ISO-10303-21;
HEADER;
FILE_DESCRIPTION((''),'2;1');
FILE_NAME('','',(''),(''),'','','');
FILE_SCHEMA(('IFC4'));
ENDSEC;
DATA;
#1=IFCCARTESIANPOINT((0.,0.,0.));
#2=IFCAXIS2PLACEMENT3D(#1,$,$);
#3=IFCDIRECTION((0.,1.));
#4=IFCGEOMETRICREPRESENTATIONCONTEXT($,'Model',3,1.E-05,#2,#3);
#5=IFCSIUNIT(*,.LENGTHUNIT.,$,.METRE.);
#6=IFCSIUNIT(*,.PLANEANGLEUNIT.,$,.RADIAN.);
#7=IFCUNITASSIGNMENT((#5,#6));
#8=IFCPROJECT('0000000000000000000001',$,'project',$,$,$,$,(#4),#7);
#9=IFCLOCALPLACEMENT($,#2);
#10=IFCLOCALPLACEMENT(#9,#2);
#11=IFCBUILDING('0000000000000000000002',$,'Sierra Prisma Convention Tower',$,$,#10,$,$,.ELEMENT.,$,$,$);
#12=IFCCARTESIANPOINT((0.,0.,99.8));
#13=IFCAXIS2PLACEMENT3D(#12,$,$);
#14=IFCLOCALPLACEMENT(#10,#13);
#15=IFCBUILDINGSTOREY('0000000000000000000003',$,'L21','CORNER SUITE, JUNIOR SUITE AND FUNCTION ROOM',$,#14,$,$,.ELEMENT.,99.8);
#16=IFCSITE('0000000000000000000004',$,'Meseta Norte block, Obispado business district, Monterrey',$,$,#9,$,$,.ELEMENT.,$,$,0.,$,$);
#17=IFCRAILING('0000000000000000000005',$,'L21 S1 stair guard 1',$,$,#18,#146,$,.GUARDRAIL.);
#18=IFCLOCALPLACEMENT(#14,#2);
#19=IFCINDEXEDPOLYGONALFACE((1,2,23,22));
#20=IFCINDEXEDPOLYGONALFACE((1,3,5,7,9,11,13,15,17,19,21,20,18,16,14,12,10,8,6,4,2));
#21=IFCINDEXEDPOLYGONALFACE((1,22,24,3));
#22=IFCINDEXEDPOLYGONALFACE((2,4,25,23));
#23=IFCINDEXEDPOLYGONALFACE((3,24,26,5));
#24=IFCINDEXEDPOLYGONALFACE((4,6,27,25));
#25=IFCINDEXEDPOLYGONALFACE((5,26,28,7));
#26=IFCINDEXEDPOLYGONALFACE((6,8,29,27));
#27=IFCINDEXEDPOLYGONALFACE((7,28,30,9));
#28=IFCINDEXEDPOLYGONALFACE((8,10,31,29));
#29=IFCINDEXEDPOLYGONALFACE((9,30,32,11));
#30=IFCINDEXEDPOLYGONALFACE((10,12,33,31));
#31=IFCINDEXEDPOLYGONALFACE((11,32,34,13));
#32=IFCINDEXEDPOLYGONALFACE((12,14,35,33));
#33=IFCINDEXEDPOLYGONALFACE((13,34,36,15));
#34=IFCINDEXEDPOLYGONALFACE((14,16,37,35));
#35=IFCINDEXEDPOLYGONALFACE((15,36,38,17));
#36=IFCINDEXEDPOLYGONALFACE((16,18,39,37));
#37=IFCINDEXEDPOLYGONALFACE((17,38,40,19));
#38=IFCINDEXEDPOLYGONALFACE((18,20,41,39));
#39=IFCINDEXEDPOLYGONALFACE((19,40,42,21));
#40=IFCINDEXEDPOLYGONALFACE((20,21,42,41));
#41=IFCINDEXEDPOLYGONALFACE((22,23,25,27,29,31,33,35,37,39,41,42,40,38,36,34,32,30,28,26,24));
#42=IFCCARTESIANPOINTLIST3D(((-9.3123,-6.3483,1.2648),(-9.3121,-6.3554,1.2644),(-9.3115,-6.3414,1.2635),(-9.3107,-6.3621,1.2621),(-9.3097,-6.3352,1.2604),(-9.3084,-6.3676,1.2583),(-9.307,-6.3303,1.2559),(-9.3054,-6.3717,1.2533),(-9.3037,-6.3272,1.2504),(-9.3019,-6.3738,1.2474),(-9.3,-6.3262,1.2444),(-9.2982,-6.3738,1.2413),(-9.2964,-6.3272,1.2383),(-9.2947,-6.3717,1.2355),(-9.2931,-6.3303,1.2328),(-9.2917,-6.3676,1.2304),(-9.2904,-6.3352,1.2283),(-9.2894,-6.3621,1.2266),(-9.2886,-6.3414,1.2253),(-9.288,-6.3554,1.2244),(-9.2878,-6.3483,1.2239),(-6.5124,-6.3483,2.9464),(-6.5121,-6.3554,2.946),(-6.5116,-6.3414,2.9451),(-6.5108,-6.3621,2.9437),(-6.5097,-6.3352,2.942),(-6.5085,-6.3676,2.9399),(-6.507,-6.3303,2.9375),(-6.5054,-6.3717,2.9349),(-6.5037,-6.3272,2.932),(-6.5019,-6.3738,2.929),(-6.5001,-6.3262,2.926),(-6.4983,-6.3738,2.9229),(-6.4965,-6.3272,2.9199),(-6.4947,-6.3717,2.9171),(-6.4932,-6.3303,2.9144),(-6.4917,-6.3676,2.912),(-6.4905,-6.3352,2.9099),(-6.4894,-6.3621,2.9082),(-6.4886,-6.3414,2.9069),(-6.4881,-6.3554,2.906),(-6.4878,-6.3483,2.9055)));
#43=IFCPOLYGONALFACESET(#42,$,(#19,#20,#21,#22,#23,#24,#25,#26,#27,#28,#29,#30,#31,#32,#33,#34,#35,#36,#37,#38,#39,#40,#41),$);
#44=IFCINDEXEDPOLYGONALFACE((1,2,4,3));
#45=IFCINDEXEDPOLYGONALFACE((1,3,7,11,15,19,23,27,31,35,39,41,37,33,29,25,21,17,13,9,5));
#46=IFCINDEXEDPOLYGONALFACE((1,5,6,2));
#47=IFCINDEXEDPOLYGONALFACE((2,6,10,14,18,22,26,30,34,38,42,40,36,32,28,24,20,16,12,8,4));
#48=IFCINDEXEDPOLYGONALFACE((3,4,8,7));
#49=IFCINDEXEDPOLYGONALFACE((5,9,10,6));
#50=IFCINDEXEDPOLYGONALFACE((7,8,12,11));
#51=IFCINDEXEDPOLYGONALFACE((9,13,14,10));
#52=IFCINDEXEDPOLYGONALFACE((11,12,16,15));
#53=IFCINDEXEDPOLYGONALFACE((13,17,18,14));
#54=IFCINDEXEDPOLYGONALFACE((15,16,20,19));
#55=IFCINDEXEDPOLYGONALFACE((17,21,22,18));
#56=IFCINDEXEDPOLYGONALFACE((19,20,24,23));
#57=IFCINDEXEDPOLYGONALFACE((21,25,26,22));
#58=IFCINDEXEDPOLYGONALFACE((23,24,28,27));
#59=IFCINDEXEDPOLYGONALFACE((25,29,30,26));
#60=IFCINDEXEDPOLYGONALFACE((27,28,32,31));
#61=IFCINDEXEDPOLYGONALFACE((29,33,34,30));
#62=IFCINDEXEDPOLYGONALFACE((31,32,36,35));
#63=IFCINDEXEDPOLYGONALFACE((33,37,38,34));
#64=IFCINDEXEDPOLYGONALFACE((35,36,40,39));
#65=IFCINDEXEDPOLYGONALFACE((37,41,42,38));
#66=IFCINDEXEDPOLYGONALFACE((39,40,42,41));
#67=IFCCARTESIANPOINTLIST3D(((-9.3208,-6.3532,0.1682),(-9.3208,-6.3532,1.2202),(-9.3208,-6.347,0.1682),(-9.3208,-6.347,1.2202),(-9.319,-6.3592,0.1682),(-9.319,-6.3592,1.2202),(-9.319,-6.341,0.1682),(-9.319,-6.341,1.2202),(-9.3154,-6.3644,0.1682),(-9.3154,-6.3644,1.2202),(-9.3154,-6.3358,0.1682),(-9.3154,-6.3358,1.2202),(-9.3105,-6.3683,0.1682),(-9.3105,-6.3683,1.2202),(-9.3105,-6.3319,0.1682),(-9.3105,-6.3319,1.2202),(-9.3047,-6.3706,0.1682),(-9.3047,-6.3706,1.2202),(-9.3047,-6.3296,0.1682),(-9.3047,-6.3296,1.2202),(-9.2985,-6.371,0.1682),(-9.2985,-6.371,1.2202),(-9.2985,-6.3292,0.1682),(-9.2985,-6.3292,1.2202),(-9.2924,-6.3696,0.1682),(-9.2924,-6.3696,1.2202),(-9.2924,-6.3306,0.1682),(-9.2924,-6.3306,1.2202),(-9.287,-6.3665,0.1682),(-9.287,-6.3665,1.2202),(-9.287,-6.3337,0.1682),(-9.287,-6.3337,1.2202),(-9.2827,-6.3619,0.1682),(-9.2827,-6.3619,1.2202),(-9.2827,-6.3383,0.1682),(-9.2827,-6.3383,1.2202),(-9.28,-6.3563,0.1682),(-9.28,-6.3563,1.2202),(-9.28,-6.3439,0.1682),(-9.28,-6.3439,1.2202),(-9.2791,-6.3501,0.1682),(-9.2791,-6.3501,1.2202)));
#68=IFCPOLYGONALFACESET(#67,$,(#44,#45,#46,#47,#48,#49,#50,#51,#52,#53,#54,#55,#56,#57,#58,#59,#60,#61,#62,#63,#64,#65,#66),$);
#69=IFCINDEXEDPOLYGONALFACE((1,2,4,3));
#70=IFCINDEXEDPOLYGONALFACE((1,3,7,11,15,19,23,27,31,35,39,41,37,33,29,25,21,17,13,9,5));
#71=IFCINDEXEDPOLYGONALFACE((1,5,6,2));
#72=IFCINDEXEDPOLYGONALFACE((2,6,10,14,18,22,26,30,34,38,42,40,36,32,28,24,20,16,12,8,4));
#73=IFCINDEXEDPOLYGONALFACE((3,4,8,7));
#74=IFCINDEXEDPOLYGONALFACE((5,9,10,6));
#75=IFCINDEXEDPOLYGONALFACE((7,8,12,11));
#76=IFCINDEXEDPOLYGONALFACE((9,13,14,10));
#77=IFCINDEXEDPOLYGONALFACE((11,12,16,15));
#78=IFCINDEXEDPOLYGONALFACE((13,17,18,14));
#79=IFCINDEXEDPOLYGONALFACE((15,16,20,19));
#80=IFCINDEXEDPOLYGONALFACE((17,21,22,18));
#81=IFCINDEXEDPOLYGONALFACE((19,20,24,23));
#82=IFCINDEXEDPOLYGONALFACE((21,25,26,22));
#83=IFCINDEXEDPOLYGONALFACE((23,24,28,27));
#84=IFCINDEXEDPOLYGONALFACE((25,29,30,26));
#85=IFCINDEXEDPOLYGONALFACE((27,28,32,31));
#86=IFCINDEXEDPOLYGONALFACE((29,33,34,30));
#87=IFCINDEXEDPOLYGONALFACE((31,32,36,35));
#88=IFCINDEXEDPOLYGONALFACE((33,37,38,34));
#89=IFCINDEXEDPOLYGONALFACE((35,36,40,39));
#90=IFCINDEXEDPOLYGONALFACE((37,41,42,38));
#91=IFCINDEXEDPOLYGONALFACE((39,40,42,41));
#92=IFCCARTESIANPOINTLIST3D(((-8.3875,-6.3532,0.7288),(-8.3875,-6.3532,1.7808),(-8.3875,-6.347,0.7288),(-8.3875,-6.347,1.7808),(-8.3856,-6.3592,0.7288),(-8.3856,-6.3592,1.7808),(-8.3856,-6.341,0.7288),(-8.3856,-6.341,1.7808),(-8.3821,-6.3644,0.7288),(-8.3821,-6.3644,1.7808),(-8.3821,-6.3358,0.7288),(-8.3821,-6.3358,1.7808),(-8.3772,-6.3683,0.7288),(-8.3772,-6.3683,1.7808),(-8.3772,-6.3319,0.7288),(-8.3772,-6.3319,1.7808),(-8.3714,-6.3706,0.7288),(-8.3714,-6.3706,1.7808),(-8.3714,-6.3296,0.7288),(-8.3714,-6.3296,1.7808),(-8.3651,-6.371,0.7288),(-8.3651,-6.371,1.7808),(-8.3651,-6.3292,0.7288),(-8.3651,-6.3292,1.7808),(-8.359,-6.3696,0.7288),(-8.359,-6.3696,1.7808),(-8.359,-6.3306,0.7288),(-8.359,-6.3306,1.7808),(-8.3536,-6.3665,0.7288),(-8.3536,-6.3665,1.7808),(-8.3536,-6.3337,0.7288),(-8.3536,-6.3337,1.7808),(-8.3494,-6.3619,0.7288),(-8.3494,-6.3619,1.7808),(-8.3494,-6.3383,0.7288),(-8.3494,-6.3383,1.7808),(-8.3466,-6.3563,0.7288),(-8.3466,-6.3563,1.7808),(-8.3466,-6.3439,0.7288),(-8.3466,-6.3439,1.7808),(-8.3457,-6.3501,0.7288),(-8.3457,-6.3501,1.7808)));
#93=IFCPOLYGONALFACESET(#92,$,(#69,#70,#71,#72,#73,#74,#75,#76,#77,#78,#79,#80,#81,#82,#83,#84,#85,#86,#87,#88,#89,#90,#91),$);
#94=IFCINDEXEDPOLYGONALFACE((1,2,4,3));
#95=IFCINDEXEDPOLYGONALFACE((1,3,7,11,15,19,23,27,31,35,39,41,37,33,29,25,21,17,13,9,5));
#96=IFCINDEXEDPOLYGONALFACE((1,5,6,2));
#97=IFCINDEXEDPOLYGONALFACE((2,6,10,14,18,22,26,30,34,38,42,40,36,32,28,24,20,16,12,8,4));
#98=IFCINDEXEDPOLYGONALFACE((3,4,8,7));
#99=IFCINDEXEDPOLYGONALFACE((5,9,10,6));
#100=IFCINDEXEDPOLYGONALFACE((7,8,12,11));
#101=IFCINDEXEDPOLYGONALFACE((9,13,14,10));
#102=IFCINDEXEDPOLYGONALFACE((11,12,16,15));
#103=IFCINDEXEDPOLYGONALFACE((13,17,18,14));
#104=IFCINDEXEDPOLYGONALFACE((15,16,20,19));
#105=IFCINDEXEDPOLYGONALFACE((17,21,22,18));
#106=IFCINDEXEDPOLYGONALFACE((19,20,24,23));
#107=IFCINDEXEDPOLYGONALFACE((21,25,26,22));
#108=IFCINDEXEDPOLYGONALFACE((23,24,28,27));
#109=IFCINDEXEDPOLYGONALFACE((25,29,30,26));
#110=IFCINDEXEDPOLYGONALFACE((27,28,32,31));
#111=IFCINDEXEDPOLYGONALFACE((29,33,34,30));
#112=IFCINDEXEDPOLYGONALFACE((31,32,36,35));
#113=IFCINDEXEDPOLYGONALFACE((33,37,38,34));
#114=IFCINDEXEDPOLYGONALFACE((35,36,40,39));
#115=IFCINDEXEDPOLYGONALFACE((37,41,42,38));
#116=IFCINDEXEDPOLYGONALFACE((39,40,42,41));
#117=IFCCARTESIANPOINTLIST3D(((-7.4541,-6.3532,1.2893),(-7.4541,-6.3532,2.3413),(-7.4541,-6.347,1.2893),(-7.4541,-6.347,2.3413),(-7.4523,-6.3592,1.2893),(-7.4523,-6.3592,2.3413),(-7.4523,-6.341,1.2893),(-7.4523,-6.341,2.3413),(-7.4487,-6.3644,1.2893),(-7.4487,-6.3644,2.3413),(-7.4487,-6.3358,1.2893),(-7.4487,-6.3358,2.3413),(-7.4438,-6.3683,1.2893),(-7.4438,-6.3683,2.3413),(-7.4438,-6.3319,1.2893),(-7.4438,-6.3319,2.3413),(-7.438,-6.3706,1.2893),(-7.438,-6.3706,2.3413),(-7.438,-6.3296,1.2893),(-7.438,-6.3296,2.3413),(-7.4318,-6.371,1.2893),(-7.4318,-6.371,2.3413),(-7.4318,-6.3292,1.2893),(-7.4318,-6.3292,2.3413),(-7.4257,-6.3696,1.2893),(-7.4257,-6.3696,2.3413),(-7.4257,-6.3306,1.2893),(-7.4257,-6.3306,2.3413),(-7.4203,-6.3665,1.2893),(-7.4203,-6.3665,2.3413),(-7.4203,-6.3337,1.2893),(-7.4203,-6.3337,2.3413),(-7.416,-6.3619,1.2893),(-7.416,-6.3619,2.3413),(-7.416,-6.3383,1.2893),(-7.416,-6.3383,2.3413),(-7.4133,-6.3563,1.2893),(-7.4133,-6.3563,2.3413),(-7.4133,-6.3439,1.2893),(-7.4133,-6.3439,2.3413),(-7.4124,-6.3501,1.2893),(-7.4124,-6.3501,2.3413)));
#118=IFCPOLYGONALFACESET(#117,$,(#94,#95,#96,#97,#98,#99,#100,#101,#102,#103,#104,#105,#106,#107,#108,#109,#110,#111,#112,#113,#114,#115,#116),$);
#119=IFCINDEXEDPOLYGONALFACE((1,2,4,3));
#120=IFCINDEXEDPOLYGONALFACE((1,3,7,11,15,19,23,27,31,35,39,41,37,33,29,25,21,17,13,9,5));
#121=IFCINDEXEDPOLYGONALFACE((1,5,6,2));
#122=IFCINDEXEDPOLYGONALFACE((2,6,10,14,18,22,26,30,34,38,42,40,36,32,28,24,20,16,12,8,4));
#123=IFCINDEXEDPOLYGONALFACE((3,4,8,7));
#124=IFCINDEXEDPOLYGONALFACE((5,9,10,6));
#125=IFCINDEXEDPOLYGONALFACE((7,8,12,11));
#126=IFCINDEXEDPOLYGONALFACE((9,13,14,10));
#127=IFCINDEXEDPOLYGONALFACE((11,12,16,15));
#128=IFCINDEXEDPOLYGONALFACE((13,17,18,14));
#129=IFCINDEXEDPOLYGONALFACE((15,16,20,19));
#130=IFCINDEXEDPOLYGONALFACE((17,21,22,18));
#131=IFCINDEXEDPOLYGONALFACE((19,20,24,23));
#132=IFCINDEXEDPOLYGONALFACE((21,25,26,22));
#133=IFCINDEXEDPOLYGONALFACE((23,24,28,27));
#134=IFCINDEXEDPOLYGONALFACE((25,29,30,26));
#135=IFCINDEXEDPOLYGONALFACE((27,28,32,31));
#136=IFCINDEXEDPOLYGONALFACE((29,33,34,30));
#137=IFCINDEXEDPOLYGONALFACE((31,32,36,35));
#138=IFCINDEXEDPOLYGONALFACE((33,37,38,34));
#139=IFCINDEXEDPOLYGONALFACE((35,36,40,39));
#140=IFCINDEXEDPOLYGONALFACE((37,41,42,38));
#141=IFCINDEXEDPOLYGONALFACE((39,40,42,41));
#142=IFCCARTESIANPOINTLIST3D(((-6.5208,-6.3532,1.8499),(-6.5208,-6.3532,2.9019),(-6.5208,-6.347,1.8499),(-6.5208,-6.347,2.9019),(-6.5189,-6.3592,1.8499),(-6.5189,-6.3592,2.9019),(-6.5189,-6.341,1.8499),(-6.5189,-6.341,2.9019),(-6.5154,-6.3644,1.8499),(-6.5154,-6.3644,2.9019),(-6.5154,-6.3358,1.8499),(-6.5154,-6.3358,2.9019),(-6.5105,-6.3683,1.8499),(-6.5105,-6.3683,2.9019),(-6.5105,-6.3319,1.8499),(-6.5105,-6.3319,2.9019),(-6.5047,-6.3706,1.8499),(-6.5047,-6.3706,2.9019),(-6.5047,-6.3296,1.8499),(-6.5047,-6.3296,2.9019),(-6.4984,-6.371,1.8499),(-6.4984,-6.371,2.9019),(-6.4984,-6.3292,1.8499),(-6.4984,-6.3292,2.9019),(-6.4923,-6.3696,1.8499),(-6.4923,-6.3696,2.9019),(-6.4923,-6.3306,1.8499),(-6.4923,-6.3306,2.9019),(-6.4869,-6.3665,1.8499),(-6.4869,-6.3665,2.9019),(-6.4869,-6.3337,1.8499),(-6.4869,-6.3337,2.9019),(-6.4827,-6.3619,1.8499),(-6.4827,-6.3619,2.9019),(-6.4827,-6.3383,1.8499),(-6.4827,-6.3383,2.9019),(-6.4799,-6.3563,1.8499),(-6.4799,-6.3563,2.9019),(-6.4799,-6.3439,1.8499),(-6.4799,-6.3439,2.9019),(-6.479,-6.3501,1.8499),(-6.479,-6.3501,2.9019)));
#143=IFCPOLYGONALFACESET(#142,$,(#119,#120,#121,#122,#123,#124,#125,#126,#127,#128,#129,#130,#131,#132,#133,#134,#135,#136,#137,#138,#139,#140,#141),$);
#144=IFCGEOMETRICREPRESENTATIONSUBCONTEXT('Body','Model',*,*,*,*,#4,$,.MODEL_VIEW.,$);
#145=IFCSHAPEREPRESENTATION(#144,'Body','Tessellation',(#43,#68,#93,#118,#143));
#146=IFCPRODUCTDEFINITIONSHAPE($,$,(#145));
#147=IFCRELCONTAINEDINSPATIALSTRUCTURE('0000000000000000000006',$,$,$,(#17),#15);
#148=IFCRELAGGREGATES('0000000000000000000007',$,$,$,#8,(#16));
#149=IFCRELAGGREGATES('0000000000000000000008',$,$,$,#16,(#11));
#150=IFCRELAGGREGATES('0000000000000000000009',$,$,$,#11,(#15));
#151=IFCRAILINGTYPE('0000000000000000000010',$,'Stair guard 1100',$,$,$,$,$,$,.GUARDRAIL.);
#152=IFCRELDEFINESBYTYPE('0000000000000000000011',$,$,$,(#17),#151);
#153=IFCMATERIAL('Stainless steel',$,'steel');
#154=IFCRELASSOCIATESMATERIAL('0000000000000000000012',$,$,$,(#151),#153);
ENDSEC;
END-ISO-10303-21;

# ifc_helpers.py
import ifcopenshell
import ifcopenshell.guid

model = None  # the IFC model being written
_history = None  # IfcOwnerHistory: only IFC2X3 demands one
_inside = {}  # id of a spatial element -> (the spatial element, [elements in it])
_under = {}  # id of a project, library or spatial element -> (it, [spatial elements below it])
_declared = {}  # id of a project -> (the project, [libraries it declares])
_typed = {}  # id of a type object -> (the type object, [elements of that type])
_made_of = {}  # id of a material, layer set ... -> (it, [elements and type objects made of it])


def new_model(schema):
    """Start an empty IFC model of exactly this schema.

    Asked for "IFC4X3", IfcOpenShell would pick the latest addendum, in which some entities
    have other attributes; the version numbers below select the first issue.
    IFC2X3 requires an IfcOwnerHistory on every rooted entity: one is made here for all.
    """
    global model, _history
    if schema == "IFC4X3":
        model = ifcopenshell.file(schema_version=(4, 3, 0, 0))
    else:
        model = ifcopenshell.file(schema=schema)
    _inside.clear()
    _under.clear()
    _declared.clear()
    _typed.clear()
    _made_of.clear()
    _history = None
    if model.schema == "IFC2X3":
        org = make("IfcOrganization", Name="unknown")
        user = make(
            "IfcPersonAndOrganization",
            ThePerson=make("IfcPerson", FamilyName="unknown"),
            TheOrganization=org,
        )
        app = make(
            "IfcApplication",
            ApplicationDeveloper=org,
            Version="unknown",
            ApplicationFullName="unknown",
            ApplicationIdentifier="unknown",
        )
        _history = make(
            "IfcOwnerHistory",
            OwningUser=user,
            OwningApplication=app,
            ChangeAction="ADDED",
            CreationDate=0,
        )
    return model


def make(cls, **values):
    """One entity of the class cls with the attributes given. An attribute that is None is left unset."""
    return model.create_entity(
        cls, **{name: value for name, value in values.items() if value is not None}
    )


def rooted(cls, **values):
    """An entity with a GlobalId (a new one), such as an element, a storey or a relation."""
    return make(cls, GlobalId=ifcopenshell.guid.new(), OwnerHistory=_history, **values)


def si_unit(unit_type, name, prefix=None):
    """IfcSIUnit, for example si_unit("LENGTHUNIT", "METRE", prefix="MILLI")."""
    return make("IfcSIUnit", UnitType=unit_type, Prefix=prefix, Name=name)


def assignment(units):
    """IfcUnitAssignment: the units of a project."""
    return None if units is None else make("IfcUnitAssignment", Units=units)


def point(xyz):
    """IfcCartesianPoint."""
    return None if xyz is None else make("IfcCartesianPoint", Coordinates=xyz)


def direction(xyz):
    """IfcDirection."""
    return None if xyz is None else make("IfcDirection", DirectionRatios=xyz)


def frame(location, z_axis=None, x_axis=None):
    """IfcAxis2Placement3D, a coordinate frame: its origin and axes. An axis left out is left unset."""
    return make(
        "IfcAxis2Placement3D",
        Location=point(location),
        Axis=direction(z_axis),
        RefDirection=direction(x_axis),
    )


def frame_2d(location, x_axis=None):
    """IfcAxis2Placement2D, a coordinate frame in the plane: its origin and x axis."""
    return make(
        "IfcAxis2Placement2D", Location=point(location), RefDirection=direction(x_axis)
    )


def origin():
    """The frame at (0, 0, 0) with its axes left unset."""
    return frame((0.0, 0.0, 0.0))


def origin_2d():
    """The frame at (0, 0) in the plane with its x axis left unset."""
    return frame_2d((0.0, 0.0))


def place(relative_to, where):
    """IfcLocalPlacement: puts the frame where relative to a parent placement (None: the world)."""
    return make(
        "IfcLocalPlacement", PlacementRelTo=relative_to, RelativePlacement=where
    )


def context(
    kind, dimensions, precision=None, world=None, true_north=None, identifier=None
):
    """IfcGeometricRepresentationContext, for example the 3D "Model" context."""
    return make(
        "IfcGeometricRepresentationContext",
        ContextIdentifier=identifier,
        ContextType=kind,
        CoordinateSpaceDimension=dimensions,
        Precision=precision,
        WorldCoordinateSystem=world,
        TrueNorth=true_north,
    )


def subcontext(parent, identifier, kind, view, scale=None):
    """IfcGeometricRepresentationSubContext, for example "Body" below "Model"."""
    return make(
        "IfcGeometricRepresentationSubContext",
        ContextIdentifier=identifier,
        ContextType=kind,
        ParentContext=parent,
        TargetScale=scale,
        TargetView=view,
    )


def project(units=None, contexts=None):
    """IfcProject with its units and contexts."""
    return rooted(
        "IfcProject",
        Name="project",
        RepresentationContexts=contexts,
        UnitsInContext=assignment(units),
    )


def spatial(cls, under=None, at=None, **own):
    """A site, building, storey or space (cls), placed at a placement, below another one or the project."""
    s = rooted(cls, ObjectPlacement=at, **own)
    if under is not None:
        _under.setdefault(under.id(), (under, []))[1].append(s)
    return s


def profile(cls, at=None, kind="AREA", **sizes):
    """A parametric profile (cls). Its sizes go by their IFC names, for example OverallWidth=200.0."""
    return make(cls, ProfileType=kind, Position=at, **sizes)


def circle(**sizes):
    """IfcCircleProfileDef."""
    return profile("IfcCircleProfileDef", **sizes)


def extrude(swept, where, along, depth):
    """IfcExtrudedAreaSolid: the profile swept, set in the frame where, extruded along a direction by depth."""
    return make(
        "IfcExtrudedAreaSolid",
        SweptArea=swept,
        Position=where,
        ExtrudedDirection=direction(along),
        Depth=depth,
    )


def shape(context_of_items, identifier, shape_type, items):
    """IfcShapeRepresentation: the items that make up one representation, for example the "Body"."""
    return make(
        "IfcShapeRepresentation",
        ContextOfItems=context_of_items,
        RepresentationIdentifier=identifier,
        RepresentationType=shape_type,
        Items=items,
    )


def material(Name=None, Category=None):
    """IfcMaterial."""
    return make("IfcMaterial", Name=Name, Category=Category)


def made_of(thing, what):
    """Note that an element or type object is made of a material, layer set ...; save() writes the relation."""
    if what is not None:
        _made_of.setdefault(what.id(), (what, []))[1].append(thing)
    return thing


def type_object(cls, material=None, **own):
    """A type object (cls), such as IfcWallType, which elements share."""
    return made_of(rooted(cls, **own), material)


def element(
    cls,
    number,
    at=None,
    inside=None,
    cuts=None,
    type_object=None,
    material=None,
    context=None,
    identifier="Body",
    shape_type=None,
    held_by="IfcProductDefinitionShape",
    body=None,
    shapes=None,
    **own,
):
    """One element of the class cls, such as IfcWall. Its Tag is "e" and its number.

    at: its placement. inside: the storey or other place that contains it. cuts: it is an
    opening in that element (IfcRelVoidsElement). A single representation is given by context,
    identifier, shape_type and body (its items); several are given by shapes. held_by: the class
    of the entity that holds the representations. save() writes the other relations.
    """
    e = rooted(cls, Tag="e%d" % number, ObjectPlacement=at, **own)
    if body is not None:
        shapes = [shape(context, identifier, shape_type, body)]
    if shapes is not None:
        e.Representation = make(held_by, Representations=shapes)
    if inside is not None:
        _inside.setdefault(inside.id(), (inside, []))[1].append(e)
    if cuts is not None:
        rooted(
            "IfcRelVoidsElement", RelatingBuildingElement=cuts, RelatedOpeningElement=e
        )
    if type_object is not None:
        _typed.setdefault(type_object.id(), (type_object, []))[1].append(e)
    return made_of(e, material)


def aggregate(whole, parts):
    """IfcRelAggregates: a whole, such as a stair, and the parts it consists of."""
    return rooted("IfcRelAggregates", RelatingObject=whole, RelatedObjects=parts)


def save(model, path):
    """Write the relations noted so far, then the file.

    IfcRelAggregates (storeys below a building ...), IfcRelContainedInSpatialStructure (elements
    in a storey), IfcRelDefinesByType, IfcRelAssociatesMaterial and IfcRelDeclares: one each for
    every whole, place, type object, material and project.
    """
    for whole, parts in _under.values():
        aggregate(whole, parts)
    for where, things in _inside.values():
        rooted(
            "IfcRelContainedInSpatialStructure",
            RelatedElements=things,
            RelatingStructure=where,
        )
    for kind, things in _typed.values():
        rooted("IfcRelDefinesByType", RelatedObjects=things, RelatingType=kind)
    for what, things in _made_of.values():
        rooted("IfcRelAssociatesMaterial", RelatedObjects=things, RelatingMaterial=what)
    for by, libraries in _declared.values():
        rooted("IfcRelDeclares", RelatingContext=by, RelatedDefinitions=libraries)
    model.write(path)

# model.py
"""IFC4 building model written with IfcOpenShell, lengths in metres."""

from ifc_helpers import new_model, si_unit, direction, frame, origin, origin_2d, place, context, subcontext, project, spatial, circle, extrude, material, type_object, element, save


model = new_model("IFC4")

# Units and contexts
model_context = context("Model", 3, precision=1e-05, world=origin(), true_north=direction((0.0, 1.0)))
body_context = subcontext(model_context, "Body", "Model", "MODEL_VIEW")
ifc_project = project(units=[si_unit("LENGTHUNIT", "METRE"), si_unit("PLANEANGLEUNIT", "RADIAN")], contexts=[model_context])

# Site, building, storey
site_placement = place(None, origin())
site = spatial("IfcSite", under=ifc_project, at=site_placement, Name="Meseta Norte block, Obispado business district, Monterrey", CompositionType="ELEMENT", RefElevation=0.0)
building_placement = place(site_placement, origin())
building = spatial("IfcBuilding", under=site, at=building_placement, Name="Sierra Prisma Convention Tower", CompositionType="ELEMENT")
storey_placement = place(building_placement, frame((0.0, 0.0, 99.8)))
storey = spatial("IfcBuildingStorey", under=building, at=storey_placement, Name="L21", Description="CORNER SUITE, JUNIOR SUITE AND FUNCTION ROOM", CompositionType="ELEMENT", Elevation=99.8)

# Railing
ifc_material_1 = material(Name="Stainless steel", Category="steel")
railing_type_1 = type_object("IfcRailingType", Name="Stair guard 1100", PredefinedType="GUARDRAIL", material=ifc_material_1)
railing_1_placement = place(storey_placement, frame((-9.3, -6.3501, 0.1682)))
element("IfcRailing", 1, at=railing_1_placement, inside=storey, type_object=railing_type_1, Name="L21 S1 stair guard 1", PredefinedType="GUARDRAIL", context=body_context, shape_type="SweptSolid", body=[
    extrude(circle(Radius=0.0239, at=origin_2d()), frame((0.0, 0.0, 1.0762), z_axis=(0.857275, 0.0, 0.514858), x_axis=(0.0, 1.0, 0.0)), (0.0, 0.0, 1.0), 3.2661),
    extrude(circle(Radius=0.021, at=origin_2d()), origin(), (0.0, 0.0, 1.0), 1.052),
    extrude(circle(Radius=0.021, at=origin_2d()), frame((0.9333, 0.0, 0.5605)), (0.0, 0.0, 1.0), 1.052),
    extrude(circle(Radius=0.021, at=origin_2d()), frame((1.8667, 0.0, 1.1211)), (0.0, 0.0, 1.0), 1.052),
    extrude(circle(Radius=0.021, at=origin_2d()), frame((2.8, 0.0, 1.6816)), (0.0, 0.0, 1.0), 1.052),
])

save(model, "model.ifc")
